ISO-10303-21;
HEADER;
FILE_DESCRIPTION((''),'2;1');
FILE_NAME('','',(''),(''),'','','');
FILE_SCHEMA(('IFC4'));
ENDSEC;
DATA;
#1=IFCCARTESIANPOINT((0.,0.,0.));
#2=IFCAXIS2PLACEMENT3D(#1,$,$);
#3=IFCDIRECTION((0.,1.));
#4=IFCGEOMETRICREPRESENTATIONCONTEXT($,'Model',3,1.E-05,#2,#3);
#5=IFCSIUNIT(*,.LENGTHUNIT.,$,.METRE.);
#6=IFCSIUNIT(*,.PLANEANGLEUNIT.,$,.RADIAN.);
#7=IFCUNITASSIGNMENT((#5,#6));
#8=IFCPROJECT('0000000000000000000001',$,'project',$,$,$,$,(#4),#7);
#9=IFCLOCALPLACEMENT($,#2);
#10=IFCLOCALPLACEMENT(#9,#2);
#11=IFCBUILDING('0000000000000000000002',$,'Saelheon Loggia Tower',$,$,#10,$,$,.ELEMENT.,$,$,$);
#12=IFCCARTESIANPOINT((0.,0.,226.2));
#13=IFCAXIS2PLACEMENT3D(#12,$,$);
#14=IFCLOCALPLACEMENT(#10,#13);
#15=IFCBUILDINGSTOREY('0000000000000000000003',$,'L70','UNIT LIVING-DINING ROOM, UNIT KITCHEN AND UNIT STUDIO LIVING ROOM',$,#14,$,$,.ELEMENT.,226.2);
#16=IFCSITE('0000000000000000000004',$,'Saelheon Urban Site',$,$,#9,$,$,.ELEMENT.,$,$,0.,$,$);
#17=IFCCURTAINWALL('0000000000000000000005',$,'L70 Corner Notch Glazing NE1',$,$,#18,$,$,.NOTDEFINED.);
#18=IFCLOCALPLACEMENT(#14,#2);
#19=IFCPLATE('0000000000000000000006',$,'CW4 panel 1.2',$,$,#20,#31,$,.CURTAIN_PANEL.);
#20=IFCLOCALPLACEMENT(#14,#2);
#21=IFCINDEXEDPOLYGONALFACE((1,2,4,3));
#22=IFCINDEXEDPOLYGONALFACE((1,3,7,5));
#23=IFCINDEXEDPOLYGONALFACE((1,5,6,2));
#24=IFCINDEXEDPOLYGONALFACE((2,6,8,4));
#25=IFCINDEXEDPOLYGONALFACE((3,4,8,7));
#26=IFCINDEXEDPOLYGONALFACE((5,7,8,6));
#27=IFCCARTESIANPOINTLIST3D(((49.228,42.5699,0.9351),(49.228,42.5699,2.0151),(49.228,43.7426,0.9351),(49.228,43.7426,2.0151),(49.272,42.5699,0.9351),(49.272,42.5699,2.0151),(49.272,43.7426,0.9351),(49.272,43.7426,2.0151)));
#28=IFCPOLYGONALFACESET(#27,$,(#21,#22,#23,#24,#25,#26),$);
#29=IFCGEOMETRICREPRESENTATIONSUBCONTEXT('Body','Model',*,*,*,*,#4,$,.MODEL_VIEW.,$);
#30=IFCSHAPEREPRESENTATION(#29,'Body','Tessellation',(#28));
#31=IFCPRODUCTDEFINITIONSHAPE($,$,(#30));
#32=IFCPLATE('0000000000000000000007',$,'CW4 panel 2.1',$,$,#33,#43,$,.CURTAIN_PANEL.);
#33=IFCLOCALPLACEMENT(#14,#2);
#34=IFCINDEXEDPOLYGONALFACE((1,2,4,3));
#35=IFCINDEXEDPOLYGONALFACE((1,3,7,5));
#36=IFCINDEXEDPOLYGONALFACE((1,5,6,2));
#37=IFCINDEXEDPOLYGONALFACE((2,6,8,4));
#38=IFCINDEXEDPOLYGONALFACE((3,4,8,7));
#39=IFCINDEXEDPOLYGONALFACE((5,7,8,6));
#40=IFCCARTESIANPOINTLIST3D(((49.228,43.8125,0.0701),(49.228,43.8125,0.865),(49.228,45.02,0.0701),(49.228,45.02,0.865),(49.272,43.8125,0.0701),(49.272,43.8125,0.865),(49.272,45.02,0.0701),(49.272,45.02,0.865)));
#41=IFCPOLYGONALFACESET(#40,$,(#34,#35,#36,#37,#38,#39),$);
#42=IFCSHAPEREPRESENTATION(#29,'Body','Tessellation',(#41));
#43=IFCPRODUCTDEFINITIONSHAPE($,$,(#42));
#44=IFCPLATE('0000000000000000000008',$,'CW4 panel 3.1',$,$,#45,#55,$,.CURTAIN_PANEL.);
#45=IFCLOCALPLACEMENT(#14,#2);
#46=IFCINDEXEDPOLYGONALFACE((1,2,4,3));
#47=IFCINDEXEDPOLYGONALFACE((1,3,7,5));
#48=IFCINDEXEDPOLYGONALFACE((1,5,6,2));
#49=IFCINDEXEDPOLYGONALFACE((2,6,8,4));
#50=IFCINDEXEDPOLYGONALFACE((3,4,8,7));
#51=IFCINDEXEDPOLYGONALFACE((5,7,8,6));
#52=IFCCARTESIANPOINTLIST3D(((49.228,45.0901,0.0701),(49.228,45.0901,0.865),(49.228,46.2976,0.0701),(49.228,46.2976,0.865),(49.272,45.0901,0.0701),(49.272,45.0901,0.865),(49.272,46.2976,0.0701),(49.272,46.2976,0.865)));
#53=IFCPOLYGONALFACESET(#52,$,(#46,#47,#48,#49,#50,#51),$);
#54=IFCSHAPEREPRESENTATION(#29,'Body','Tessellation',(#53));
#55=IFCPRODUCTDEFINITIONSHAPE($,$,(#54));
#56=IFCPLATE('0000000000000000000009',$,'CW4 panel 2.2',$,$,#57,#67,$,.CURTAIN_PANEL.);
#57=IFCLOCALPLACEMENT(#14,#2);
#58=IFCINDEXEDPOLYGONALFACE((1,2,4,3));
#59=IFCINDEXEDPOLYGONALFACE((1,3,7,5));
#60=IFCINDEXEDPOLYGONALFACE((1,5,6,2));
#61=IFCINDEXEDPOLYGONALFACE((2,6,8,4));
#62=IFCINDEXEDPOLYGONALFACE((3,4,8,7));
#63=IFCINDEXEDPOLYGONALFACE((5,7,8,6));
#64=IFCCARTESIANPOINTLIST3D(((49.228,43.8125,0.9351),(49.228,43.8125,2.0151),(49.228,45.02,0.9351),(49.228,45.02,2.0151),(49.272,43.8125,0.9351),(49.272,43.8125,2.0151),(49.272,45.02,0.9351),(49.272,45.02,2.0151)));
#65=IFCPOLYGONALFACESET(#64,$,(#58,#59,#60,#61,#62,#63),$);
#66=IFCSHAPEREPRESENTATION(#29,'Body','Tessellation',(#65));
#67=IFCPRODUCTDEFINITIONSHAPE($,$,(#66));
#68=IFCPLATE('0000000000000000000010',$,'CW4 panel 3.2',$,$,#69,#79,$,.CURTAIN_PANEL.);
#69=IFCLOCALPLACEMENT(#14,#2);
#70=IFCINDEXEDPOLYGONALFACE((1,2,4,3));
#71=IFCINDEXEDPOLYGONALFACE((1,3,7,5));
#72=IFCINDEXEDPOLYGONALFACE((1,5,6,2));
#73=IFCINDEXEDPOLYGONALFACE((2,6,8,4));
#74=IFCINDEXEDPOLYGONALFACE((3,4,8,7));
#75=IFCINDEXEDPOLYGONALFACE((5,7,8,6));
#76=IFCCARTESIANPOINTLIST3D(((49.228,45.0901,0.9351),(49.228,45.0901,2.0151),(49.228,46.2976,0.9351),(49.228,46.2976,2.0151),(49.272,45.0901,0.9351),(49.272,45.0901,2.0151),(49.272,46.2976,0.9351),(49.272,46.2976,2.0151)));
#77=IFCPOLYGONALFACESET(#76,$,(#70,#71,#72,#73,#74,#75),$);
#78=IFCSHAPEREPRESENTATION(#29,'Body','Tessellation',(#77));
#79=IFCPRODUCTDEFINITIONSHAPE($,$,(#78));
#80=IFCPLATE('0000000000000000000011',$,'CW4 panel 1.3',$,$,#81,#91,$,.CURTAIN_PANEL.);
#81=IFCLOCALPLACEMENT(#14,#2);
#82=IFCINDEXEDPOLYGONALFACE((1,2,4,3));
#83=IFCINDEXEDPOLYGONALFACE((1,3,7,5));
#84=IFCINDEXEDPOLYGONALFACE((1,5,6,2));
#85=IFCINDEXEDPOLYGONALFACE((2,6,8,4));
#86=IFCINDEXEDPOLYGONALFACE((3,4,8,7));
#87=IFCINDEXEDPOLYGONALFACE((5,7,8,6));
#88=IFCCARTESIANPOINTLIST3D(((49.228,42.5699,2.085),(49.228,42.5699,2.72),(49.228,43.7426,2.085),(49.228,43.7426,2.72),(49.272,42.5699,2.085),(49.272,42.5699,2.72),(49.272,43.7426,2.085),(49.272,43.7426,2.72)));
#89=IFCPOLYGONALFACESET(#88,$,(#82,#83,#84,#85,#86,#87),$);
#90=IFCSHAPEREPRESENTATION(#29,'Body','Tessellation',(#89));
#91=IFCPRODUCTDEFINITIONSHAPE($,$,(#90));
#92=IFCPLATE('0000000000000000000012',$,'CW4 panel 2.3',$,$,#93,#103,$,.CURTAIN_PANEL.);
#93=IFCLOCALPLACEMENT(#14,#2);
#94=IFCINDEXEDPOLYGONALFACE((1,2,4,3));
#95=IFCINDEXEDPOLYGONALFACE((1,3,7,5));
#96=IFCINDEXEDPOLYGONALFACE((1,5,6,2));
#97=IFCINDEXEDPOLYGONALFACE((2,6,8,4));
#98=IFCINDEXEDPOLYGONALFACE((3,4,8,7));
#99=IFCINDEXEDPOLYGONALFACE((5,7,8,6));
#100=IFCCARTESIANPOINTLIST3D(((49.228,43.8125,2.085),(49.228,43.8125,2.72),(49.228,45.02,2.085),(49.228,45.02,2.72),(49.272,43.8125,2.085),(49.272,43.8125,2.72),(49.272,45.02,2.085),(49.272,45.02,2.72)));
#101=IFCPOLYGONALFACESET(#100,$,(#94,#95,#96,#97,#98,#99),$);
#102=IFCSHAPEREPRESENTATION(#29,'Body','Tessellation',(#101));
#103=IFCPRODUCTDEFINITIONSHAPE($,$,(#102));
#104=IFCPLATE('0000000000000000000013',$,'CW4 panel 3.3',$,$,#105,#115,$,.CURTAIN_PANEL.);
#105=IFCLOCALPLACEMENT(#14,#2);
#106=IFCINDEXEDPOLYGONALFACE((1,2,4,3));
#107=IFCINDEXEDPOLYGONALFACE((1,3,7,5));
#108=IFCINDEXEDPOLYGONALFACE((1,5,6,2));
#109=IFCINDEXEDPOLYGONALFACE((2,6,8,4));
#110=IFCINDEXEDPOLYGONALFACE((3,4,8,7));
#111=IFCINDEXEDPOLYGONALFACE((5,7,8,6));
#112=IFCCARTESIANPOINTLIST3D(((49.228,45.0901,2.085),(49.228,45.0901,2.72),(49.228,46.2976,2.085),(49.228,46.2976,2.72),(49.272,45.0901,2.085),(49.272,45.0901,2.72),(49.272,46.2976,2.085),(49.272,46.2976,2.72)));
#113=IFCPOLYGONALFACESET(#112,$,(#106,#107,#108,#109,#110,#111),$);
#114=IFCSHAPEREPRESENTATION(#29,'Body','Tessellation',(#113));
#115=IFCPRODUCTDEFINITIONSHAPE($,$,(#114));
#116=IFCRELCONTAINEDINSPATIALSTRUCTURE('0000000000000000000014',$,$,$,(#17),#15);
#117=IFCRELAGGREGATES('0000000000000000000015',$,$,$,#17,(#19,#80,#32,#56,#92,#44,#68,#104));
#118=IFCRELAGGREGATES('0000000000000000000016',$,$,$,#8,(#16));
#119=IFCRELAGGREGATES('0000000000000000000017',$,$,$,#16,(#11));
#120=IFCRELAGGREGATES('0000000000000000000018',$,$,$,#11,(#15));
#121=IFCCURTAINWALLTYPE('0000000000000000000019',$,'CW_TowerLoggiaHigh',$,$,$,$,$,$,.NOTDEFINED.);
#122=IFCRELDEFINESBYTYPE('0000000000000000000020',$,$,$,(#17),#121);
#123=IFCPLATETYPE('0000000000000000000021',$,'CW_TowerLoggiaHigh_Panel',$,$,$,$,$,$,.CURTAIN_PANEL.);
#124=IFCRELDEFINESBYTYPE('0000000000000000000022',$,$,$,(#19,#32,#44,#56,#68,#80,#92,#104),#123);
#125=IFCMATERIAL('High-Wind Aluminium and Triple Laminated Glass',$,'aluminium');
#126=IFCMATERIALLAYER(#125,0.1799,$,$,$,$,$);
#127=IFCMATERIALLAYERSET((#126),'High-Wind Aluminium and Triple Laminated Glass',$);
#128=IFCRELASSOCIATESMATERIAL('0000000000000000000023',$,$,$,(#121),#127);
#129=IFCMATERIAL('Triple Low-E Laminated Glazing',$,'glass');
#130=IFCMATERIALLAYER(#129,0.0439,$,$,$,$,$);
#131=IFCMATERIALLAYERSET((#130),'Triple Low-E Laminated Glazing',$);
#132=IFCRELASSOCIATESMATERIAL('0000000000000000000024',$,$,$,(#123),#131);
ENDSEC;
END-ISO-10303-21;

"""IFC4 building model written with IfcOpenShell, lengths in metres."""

from ifc_helpers import new_model, si_unit, direction, frame, origin, origin_2d, place, context, subcontext, project, spatial, rectangle, extrude, source, transform, mapped, material, layer, layer_set, type_object, element, aggregate, save


model = new_model("IFC4")

# Units and contexts
model_context = context("Model", 3, precision=1e-05, world=origin(), true_north=direction((0.0, 1.0)))
body_context = subcontext(model_context, "Body", "Model", "MODEL_VIEW")
ifc_project = project(units=[si_unit("LENGTHUNIT", "METRE"), si_unit("PLANEANGLEUNIT", "RADIAN")], contexts=[model_context])

# Site, building, storey
site_placement = place(None, origin())
site = spatial("IfcSite", under=ifc_project, at=site_placement, Name="Saelheon Urban Site", CompositionType="ELEMENT", RefElevation=0.0)
building_placement = place(site_placement, origin())
building = spatial("IfcBuilding", under=site, at=building_placement, Name="Saelheon Loggia Tower", CompositionType="ELEMENT")
storey_placement = place(building_placement, frame((0.0, 0.0, 226.2)))
storey = spatial("IfcBuildingStorey", under=building, at=storey_placement, Name="L70", Description="UNIT LIVING-DINING ROOM, UNIT KITCHEN AND UNIT STUDIO LIVING ROOM", CompositionType="ELEMENT", Elevation=226.2)

# Curtain wall, plates
ifc_material_1 = material(Name="High-Wind Aluminium and Triple Laminated Glass", Category="aluminium")
ifc_layer_1 = layer(ifc_material_1, 0.1799)
ifc_layer_set_1 = layer_set([ifc_layer_1], Name="High-Wind Aluminium and Triple Laminated Glass")
curtain_wall_type = type_object("IfcCurtainWallType", Name="CW_TowerLoggiaHigh", PredefinedType="NOTDEFINED", material=ifc_layer_set_1)
curtain_wall_placement = place(storey_placement, origin())
curtain_wall = element("IfcCurtainWall", 1, at=curtain_wall_placement, inside=storey, type_object=curtain_wall_type, Name="L70 Corner Notch Glazing NE1", PredefinedType="NOTDEFINED")
ifc_material_2 = material(Name="Triple Low-E Laminated Glazing", Category="glass")
ifc_layer_2 = layer(ifc_material_2, 0.0439)
ifc_layer_set_2 = layer_set([ifc_layer_2], Name="Triple Low-E Laminated Glazing")
plate_type = type_object("IfcPlateType", Name="CW_TowerLoggiaHigh_Panel", PredefinedType="CURTAIN_PANEL", material=ifc_layer_set_2)
shared_shape_1 = source(origin(), body_context, "Body", "SweptSolid", [
    extrude(rectangle(XDim=1.1726, YDim=0.0439, at=origin_2d()), origin(), (0.0, 0.0, 1.0), 1.0801),
])
plate_1_placement = place(storey_placement, frame((49.25, 43.1562, 0.9351), z_axis=(0.0, 0.0, 1.0), x_axis=(0.0, 1.0, 0.0)))
plate_1 = element("IfcPlate", 2, at=plate_1_placement, type_object=plate_type, Name="CW4 panel 1.2", PredefinedType="CURTAIN_PANEL", context=body_context, shape_type="MappedRepresentation", body=[
    mapped(shared_shape_1, transform((0.0, 0.0, 0.0), scale=1.0)),
])
shared_shape_2 = source(origin(), body_context, "Body", "SweptSolid", [
    extrude(rectangle(XDim=1.2075, YDim=0.0439, at=origin_2d()), origin(), (0.0, 0.0, 1.0), 0.7949),
])
plate_2_placement = place(storey_placement, frame((49.25, 44.4163, 0.0701), z_axis=(0.0, 0.0, 1.0), x_axis=(0.0, 1.0, 0.0)))
plate_2 = element("IfcPlate", 3, at=plate_2_placement, type_object=plate_type, Name="CW4 panel 2.1", PredefinedType="CURTAIN_PANEL", context=body_context, shape_type="MappedRepresentation", body=[
    mapped(shared_shape_2, transform((0.0, 0.0, 0.0), scale=1.0)),
])
plate_3_placement = place(storey_placement, frame((49.25, 45.6938, 0.0701), z_axis=(0.0, 0.0, 1.0), x_axis=(0.0, 1.0, 0.0)))
plate_3 = element("IfcPlate", 4, at=plate_3_placement, type_object=plate_type, Name="CW4 panel 3.1", PredefinedType="CURTAIN_PANEL", context=body_context, shape_type="MappedRepresentation", body=[
    mapped(shared_shape_2, transform((0.0, 0.0, 0.0), scale=1.0)),
])
shared_shape_3 = source(origin(), body_context, "Body", "SweptSolid", [
    extrude(rectangle(XDim=1.2075, YDim=0.0439, at=origin_2d()), origin(), (0.0, 0.0, 1.0), 1.0801),
])
plate_4_placement = place(storey_placement, frame((49.25, 44.4163, 0.9351), z_axis=(0.0, 0.0, 1.0), x_axis=(0.0, 1.0, 0.0)))
plate_4 = element("IfcPlate", 5, at=plate_4_placement, type_object=plate_type, Name="CW4 panel 2.2", PredefinedType="CURTAIN_PANEL", context=body_context, shape_type="MappedRepresentation", body=[
    mapped(shared_shape_3, transform((0.0, 0.0, 0.0), scale=1.0)),
])
plate_5_placement = place(storey_placement, frame((49.25, 45.6938, 0.9351), z_axis=(0.0, 0.0, 1.0), x_axis=(0.0, 1.0, 0.0)))
plate_5 = element("IfcPlate", 6, at=plate_5_placement, type_object=plate_type, Name="CW4 panel 3.2", PredefinedType="CURTAIN_PANEL", context=body_context, shape_type="MappedRepresentation", body=[
    mapped(shared_shape_3, transform((0.0, 0.0, 0.0), scale=1.0)),
])
shared_shape_4 = source(origin(), body_context, "Body", "SweptSolid", [
    extrude(rectangle(XDim=1.1726, YDim=0.0439, at=origin_2d()), origin(), (0.0, 0.0, 1.0), 0.635),
])
plate_6_placement = place(storey_placement, frame((49.25, 43.1562, 2.085), z_axis=(0.0, 0.0, 1.0), x_axis=(0.0, 1.0, 0.0)))
plate_6 = element("IfcPlate", 7, at=plate_6_placement, type_object=plate_type, Name="CW4 panel 1.3", PredefinedType="CURTAIN_PANEL", context=body_context, shape_type="MappedRepresentation", body=[
    mapped(shared_shape_4, transform((0.0, 0.0, 0.0), scale=1.0)),
])
shared_shape_5 = source(origin(), body_context, "Body", "SweptSolid", [
    extrude(rectangle(XDim=1.2075, YDim=0.0439, at=origin_2d()), origin(), (0.0, 0.0, 1.0), 0.635),
])
plate_7_placement = place(storey_placement, frame((49.25, 44.4163, 2.085), z_axis=(0.0, 0.0, 1.0), x_axis=(0.0, 1.0, 0.0)))
plate_7 = element("IfcPlate", 8, at=plate_7_placement, type_object=plate_type, Name="CW4 panel 2.3", PredefinedType="CURTAIN_PANEL", context=body_context, shape_type="MappedRepresentation", body=[
    mapped(shared_shape_5, transform((0.0, 0.0, 0.0), scale=1.0)),
])
plate_8_placement = place(storey_placement, frame((49.25, 45.6938, 2.085), z_axis=(0.0, 0.0, 1.0), x_axis=(0.0, 1.0, 0.0)))
plate_8 = element("IfcPlate", 9, at=plate_8_placement, type_object=plate_type, Name="CW4 panel 3.3", PredefinedType="CURTAIN_PANEL", context=body_context, shape_type="MappedRepresentation", body=[
    mapped(shared_shape_5, transform((0.0, 0.0, 0.0), scale=1.0)),
])
aggregate(curtain_wall, [plate_1, plate_6, plate_2, plate_4, plate_7, plate_3, plate_5, plate_8])

save(model, "model.ifc")
